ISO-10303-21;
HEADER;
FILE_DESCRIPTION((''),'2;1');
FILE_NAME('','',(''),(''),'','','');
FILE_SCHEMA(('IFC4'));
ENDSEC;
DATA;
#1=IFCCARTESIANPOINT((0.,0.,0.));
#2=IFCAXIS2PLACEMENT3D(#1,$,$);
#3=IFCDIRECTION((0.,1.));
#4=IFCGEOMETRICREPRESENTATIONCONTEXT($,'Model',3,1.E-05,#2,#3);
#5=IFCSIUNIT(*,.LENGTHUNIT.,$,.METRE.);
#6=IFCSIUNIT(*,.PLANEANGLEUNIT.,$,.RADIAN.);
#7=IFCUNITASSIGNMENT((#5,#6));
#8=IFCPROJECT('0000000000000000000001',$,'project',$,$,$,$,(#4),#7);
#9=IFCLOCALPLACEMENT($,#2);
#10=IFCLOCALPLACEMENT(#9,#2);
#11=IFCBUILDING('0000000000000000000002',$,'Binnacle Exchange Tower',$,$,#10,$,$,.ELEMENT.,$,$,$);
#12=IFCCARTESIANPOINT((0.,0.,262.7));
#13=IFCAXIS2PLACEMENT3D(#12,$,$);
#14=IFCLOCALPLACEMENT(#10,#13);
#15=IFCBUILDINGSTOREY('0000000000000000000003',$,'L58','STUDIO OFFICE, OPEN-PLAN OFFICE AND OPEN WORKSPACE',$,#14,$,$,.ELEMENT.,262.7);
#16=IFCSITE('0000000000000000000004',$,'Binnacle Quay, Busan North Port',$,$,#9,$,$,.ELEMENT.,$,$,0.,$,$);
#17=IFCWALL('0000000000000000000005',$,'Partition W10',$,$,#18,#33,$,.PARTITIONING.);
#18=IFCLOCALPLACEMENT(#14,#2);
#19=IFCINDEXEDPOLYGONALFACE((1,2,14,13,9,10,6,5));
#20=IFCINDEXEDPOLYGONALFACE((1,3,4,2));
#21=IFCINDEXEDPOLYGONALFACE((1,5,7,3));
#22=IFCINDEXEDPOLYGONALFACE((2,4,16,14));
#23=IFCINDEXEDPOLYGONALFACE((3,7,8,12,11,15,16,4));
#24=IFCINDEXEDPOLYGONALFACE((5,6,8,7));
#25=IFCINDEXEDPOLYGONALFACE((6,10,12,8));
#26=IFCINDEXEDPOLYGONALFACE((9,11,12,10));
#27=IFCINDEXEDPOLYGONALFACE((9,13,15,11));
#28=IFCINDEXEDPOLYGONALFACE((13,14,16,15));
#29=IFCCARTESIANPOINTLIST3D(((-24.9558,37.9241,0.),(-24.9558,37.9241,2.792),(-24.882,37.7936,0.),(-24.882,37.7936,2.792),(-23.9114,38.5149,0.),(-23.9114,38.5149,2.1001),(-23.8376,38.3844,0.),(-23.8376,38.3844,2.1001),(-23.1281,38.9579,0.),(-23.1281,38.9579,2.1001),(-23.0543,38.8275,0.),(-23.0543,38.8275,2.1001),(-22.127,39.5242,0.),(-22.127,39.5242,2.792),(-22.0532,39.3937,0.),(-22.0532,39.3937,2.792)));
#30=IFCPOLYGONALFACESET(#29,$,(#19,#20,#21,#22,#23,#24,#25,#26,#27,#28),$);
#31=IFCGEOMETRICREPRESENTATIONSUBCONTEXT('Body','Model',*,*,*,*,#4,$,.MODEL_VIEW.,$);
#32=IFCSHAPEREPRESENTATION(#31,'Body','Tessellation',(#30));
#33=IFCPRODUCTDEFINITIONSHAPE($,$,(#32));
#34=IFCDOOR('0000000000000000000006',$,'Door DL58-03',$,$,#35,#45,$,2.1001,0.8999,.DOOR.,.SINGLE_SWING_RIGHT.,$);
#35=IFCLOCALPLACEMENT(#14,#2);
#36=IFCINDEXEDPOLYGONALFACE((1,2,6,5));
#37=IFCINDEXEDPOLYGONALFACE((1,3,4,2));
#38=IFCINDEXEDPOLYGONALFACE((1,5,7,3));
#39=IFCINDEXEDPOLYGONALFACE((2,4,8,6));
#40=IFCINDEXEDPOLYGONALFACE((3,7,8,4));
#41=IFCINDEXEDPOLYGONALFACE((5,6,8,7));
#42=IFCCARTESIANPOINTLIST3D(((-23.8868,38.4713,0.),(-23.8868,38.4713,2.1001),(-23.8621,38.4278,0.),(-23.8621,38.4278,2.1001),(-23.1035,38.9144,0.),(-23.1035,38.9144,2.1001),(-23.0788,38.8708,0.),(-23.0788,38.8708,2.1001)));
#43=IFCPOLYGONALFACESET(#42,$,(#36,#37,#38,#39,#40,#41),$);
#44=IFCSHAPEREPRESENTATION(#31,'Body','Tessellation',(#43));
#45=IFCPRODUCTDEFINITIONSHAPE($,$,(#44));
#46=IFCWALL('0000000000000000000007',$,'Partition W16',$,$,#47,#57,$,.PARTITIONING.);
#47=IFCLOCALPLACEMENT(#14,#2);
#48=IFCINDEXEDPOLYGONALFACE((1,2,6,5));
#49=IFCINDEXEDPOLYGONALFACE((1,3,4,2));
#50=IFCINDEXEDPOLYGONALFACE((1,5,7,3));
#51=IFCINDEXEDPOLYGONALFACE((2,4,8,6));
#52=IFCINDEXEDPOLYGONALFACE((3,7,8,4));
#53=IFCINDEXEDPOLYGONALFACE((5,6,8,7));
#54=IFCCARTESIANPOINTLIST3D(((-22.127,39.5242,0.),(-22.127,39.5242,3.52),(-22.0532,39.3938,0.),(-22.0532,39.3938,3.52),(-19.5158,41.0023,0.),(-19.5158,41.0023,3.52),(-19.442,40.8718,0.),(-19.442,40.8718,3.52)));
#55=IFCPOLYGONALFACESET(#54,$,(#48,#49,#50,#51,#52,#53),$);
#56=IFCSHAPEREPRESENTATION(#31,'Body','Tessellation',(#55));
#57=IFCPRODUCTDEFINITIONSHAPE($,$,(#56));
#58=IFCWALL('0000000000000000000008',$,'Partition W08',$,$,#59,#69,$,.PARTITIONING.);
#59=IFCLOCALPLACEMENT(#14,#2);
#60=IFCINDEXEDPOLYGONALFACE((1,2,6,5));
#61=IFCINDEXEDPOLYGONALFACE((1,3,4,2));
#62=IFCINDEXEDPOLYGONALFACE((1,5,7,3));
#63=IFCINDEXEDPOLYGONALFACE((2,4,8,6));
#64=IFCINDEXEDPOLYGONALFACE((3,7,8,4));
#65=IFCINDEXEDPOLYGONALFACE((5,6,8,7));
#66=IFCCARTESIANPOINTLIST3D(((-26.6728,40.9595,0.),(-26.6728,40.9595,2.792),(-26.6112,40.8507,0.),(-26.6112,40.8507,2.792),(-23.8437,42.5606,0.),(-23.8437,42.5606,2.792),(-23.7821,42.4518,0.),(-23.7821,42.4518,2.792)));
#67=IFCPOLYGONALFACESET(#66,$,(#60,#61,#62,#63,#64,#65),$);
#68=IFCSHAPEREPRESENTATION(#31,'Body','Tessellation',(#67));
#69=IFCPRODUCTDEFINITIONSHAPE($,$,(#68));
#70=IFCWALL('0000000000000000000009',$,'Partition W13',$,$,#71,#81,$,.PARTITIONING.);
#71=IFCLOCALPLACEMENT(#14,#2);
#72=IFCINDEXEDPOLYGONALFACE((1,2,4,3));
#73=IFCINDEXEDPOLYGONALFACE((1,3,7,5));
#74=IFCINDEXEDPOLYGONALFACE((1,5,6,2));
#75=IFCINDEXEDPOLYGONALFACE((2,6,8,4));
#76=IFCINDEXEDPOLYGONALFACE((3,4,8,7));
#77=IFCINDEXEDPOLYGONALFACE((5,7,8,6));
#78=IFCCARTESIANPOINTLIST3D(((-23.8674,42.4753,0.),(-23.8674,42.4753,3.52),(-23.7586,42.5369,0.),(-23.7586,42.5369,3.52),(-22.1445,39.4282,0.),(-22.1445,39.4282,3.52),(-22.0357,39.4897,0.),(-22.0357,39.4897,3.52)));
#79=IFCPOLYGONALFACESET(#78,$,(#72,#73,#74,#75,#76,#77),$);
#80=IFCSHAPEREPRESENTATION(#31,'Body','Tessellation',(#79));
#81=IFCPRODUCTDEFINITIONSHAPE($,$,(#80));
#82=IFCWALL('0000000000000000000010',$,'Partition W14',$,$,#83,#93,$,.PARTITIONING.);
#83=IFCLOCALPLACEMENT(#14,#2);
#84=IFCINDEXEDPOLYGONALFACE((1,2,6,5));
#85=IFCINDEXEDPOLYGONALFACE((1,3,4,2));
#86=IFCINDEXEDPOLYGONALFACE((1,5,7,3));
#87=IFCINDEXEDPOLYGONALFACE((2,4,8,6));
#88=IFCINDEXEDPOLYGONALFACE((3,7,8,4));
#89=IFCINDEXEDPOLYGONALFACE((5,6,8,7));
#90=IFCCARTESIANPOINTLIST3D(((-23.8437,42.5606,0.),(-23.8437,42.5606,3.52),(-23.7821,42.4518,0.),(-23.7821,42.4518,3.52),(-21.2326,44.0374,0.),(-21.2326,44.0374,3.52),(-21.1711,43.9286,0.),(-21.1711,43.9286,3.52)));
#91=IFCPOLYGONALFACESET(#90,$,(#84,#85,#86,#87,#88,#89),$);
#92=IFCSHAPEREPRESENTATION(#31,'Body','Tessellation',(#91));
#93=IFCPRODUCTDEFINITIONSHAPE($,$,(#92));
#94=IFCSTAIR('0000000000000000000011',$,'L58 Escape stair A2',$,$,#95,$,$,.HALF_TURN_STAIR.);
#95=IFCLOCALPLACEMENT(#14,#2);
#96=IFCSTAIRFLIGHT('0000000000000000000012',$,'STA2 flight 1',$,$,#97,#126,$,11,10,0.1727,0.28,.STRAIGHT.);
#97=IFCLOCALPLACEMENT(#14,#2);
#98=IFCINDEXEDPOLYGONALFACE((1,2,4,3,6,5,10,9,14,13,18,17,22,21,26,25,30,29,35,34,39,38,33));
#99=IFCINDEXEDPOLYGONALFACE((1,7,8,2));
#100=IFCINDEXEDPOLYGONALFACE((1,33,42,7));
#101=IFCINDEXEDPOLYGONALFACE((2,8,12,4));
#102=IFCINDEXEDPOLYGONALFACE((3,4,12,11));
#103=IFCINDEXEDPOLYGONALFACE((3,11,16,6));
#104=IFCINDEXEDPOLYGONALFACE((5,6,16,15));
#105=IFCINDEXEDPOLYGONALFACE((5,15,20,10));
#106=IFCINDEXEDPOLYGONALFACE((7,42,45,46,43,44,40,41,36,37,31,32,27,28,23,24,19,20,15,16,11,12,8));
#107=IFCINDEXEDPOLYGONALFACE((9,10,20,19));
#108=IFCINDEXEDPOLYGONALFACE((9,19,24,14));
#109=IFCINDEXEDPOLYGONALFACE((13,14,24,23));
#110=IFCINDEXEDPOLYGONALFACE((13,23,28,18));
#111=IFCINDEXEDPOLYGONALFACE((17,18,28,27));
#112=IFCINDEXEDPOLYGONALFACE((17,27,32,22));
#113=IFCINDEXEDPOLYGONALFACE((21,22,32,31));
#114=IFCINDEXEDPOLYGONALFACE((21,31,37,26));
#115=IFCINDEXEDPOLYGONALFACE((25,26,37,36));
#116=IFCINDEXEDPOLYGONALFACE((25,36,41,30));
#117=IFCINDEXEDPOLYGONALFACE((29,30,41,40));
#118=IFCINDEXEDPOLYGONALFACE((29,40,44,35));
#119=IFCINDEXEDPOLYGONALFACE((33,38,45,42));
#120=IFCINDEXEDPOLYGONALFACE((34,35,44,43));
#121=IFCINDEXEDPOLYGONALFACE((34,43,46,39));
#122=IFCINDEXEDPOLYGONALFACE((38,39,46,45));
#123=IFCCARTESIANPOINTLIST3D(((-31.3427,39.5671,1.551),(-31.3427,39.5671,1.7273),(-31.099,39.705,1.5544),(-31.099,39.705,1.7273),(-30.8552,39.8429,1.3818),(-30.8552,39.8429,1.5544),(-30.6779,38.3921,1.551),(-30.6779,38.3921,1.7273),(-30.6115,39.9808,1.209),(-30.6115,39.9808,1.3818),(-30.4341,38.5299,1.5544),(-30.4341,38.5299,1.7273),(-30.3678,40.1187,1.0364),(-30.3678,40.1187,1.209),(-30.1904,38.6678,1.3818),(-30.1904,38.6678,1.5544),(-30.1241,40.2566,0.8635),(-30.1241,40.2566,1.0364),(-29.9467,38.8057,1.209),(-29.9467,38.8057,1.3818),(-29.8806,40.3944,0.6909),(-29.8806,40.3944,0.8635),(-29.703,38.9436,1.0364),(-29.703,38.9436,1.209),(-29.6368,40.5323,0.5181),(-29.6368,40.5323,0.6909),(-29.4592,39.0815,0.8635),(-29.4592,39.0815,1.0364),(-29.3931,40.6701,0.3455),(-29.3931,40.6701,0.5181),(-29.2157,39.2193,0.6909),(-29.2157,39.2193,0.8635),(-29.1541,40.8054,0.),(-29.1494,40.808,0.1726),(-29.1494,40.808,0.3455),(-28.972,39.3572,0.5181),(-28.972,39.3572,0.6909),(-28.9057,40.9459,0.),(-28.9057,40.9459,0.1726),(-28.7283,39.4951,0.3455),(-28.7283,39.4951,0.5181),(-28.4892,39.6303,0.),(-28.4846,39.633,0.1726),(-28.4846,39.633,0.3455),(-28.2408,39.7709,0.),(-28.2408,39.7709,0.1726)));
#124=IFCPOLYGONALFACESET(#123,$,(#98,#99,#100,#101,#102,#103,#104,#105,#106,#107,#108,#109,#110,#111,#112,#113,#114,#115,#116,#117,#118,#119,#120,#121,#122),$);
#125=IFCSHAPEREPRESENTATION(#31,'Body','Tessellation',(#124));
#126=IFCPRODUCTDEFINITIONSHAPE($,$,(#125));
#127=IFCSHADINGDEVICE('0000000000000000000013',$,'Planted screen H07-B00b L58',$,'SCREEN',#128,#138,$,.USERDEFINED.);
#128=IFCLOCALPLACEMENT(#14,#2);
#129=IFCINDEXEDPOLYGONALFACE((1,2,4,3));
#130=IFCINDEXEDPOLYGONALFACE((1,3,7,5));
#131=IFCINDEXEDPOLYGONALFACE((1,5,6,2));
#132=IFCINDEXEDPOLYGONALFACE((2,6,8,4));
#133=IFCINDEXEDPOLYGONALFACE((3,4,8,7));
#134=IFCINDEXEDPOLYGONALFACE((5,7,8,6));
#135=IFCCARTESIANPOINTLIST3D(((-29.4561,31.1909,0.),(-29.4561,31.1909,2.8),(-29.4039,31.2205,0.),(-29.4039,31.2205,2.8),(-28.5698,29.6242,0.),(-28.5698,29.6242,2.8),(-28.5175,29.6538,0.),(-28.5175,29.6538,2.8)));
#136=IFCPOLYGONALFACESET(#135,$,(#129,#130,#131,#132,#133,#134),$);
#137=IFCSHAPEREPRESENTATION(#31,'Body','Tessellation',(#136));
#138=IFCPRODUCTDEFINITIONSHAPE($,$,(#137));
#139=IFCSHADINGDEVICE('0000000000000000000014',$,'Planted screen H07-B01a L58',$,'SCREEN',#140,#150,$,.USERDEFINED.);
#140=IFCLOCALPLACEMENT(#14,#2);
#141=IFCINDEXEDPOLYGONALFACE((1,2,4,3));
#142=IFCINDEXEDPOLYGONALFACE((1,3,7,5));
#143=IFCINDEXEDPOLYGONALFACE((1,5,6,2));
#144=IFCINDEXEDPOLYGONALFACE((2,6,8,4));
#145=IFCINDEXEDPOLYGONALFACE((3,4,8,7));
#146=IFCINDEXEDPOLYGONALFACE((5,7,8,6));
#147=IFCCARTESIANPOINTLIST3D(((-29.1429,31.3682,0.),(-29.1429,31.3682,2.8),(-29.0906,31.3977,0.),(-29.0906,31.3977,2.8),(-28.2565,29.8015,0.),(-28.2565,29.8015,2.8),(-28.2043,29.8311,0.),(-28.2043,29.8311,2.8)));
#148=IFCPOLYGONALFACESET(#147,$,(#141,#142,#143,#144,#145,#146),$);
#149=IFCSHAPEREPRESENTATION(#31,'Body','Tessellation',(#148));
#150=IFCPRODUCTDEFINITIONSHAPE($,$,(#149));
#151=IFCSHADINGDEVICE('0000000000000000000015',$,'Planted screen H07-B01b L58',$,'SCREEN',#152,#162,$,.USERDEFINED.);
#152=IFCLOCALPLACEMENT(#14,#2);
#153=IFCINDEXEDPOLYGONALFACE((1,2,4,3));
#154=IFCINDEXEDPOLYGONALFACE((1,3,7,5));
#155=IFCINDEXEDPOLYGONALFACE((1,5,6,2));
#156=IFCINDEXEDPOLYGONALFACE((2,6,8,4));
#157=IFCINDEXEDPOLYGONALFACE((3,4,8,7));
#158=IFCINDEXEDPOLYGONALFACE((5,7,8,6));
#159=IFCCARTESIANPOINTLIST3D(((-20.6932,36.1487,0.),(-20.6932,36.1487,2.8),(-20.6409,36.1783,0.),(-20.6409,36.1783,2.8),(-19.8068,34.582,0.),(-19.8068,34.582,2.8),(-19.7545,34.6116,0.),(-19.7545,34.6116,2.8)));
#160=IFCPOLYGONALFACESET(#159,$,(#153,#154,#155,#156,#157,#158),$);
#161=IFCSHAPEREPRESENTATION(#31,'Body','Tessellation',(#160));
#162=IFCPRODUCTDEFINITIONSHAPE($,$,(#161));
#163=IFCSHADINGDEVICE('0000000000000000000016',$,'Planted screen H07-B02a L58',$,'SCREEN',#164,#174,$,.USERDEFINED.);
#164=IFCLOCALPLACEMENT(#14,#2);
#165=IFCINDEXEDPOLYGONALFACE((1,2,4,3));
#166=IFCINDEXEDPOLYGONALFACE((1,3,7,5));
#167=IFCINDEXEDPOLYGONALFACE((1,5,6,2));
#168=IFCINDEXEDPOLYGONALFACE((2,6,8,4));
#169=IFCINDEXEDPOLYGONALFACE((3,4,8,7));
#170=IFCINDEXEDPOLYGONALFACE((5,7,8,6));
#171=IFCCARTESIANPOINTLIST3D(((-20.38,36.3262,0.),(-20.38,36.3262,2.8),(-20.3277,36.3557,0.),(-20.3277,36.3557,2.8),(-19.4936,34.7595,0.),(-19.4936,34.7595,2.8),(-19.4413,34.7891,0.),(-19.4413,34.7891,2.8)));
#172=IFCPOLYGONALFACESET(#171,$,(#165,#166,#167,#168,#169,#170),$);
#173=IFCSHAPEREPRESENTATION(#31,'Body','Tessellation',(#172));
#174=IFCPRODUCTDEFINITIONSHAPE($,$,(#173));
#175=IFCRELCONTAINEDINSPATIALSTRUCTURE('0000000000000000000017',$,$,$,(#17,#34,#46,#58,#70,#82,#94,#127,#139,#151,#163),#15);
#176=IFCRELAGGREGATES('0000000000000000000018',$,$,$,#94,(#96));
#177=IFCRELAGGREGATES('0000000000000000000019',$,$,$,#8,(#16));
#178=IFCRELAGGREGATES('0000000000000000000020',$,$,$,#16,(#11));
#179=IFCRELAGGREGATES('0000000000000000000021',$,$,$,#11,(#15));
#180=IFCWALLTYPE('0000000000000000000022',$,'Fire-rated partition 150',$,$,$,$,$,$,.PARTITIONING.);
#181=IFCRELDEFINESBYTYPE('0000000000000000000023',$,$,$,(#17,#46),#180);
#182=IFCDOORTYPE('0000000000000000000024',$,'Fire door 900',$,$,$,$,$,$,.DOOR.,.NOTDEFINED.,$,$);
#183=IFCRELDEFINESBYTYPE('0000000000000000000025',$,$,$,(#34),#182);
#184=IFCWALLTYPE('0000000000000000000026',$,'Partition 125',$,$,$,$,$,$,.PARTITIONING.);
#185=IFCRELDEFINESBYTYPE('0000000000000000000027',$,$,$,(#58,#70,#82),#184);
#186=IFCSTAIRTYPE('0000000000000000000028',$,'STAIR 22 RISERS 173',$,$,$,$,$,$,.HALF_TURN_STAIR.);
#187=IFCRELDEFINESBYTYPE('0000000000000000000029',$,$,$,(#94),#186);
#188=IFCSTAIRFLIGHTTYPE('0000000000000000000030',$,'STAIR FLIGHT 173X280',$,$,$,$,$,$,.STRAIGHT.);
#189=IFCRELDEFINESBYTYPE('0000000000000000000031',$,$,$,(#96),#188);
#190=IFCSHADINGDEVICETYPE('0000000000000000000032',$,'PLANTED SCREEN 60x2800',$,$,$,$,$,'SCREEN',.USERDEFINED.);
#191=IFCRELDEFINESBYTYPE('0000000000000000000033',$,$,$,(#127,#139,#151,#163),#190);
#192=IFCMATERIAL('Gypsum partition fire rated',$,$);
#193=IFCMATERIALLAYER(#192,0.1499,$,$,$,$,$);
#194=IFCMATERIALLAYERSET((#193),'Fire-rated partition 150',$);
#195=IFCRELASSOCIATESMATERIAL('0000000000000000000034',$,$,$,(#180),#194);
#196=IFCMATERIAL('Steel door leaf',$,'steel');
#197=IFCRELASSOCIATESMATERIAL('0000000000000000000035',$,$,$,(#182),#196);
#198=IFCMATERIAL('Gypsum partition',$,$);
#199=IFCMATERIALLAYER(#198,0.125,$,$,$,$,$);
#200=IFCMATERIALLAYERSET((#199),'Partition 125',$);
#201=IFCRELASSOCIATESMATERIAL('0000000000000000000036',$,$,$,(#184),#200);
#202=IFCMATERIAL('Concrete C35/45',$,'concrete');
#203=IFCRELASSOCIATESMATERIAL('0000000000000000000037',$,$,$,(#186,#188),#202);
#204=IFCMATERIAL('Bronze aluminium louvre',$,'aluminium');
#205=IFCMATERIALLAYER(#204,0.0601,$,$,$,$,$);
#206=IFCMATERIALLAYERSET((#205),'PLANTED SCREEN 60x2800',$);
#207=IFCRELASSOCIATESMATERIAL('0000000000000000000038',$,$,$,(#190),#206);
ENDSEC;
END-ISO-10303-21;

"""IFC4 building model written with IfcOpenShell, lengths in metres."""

from ifc_helpers import new_model, si_unit, direction, frame, frame_2d, origin, origin_2d, place, context, subcontext, project, spatial, polyline, rectangle, outline, extrude, material, layer, layer_set, type_object, element, fill, aggregate, save


model = new_model("IFC4")

# Units and contexts
model_context = context("Model", 3, precision=1e-05, world=origin(), true_north=direction((0.0, 1.0)))
body_context = subcontext(model_context, "Body", "Model", "MODEL_VIEW")
ifc_project = project(units=[si_unit("LENGTHUNIT", "METRE"), si_unit("PLANEANGLEUNIT", "RADIAN")], contexts=[model_context])

# Site, building, storey
site_placement = place(None, origin())
site = spatial("IfcSite", under=ifc_project, at=site_placement, Name="Binnacle Quay, Busan North Port", CompositionType="ELEMENT", RefElevation=0.0)
building_placement = place(site_placement, origin())
building = spatial("IfcBuilding", under=site, at=building_placement, Name="Binnacle Exchange Tower", CompositionType="ELEMENT")
storey_placement = place(building_placement, frame((0.0, 0.0, 262.7)))
storey = spatial("IfcBuildingStorey", under=building, at=storey_placement, Name="L58", Description="STUDIO OFFICE, OPEN-PLAN OFFICE AND OPEN WORKSPACE", CompositionType="ELEMENT", Elevation=262.7)

# Shared definitions
ifc_material_1 = material(Name="Steel door leaf", Category="steel")

# Shared definitions
ifc_material_2 = material(Name="Gypsum partition fire rated")
ifc_layer_1 = layer(ifc_material_2, 0.1499)
ifc_layer_set_1 = layer_set([ifc_layer_1], Name="Fire-rated partition 150")
wall_type_1 = type_object("IfcWallType", Name="Fire-rated partition 150", PredefinedType="PARTITIONING", material=ifc_layer_set_1)

# Wall, opening, door
wall_1_placement = place(storey_placement, frame((-24.9189, 37.8589, 0.0), z_axis=(0.0, 0.0, 1.0), x_axis=(0.870407, 0.492332, 0.0)))
wall_1 = element("IfcWall", 1, at=wall_1_placement, inside=storey, type_object=wall_type_1, Name="Partition W10", PredefinedType="PARTITIONING", context=body_context, shape_type="SweptSolid", body=[
    extrude(rectangle(XDim=3.25, YDim=0.1499, at=frame_2d((1.625, 0.0))), origin(), (0.0, 0.0, 1.0), 2.792),
])
opening_1_placement = place(wall_1_placement, frame((1.2, 0.0, 0.0)))
opening_1 = element("IfcOpeningElement", 2, at=opening_1_placement, cuts=wall_1, PredefinedType="OPENING", context=body_context, shape_type="SweptSolid", body=[
    extrude(rectangle(XDim=0.8999, YDim=2.1001, at=frame_2d((0.45, 1.05))), frame((0.0, 0.085, 0.0), z_axis=(0.0, -1.0, 0.0), x_axis=(1.0, 0.0, 0.0)), (0.0, 0.0, 1.0), 0.1699),
])
door_type_1 = type_object("IfcDoorType", Name="Fire door 900", OperationType="NOTDEFINED", PredefinedType="DOOR", material=ifc_material_1)
door_1_placement = place(opening_1_placement, origin())
door_1 = element("IfcDoor", 3, at=door_1_placement, inside=storey, type_object=door_type_1, Name="Door DL58-03", OperationType="SINGLE_SWING_RIGHT", OverallHeight=2.1001, OverallWidth=0.8999, PredefinedType="DOOR", context=body_context, shape_type="SweptSolid", body=[
    extrude(rectangle(XDim=0.8999, YDim=2.1001, at=frame_2d((0.45, 1.05))), frame((0.0, 0.0249, 0.0), z_axis=(0.0, -1.0, 0.0), x_axis=(1.0, 0.0, 0.0)), (0.0, 0.0, 1.0), 0.05),
])
fill(opening_1, door_1)

# Walls
wall_2_placement = place(storey_placement, frame((-22.0901, 39.459, 0.0), z_axis=(0.0, 0.0, 1.0), x_axis=(0.870249, 0.492612, 0.0)))
element("IfcWall", 4, at=wall_2_placement, inside=storey, type_object=wall_type_1, Name="Partition W16", PredefinedType="PARTITIONING", context=body_context, shape_type="SweptSolid", body=[
    extrude(rectangle(XDim=3.0005, YDim=0.1499, at=frame_2d((1.5002, 0.0))), origin(), (0.0, 0.0, 1.0), 3.52),
])
ifc_material_3 = material(Name="Gypsum partition")
ifc_layer_2 = layer(ifc_material_3, 0.125)
ifc_layer_set_2 = layer_set([ifc_layer_2], Name="Partition 125")
wall_type_2 = type_object("IfcWallType", Name="Partition 125", PredefinedType="PARTITIONING", material=ifc_layer_set_2)
wall_3_placement = place(storey_placement, frame((-26.6421, 40.905, 0.0), z_axis=(0.0, 0.0, 1.0), x_axis=(0.870297, 0.492527, 0.0)))
element("IfcWall", 5, at=wall_3_placement, inside=storey, type_object=wall_type_2, Name="Partition W08", PredefinedType="PARTITIONING", context=body_context, shape_type="SweptSolid", body=[
    extrude(rectangle(XDim=3.2507, YDim=0.125, at=frame_2d((1.6255, 0.0))), origin(), (0.0, 0.0, 1.0), 2.792),
])
wall_4_placement = place(storey_placement, frame((-23.813, 42.5061, 0.0), z_axis=(0.0, 0.0, 1.0), x_axis=(0.492191, -0.870487, 0.0)))
element("IfcWall", 6, at=wall_4_placement, inside=storey, type_object=wall_type_2, Name="Partition W13", PredefinedType="PARTITIONING", context=body_context, shape_type="SweptSolid", body=[
    extrude(rectangle(XDim=3.5005, YDim=0.125, at=frame_2d((1.7502, 0.0))), origin(), (0.0, 0.0, 1.0), 3.52),
])
wall_5_placement = place(storey_placement, frame((-23.813, 42.5061, 0.0), z_axis=(0.0, 0.0, 1.0), x_axis=(0.870423, 0.492304, 0.0)))
element("IfcWall", 7, at=wall_5_placement, inside=storey, type_object=wall_type_2, Name="Partition W14", PredefinedType="PARTITIONING", context=body_context, shape_type="SweptSolid", body=[
    extrude(rectangle(XDim=2.9998, YDim=0.125, at=frame_2d((1.5, 0.0))), origin(), (0.0, 0.0, 1.0), 3.52),
])

# Stair, stair flight
ifc_material_4 = material(Name="Concrete C35/45", Category="concrete")
stair_type = type_object("IfcStairType", Name="STAIR 22 RISERS 173", PredefinedType="HALF_TURN_STAIR", material=ifc_material_4)
stair_placement = place(storey_placement, origin())
stair = element("IfcStair", 8, at=stair_placement, inside=storey, type_object=stair_type, Name="L58 Escape stair A2", PredefinedType="HALF_TURN_STAIR")
stair_flight_type = type_object("IfcStairFlightType", Name="STAIR FLIGHT 173X280", PredefinedType="STRAIGHT", material=ifc_material_4)
stair_flight_placement = place(storey_placement, frame((-28.5732, 40.3584, 0.0), z_axis=(0.0, 0.0, 1.0), x_axis=(-0.870356, -0.492424, 0.0)))
stair_flight = element("IfcStairFlight", 9, at=stair_flight_placement, type_object=stair_flight_type, Name="STA2 flight 1", NumberOfRisers=11, NumberOfTreads=10, PredefinedType="STRAIGHT", RiserHeight=0.1727, TreadLength=0.28, context=body_context, shape_type="SweptSolid", body=[
    extrude(outline(polyline([(0.0, 0.0), (0.0, 0.1726), (0.28, 0.1726), (0.28, 0.3455), (0.5601, 0.3455), (0.5601, 0.5181), (0.8401, 0.5181), (0.8401, 0.6909), (1.1201, 0.6909), (1.1201, 0.8635), (1.3999, 0.8635), (1.3999, 1.0364), (1.6799, 1.0364), (1.6799, 1.209), (1.96, 1.209), (1.96, 1.3818), (2.24, 1.3818), (2.24, 1.5544), (2.52, 1.5544), (2.52, 1.7273), (2.8, 1.7273), (2.8, 1.8999), (2.8, 1.551), (0.2854, 0.0), (0.0, 0.0)])), frame((0.0, 0.675, 0.0), z_axis=(0.0, -1.0, 0.0), x_axis=(1.0, 0.0, 0.0)), (0.0, 0.0, 1.0), 1.3501),
])
aggregate(stair, [stair_flight])

# Shading devices
ifc_material_5 = material(Name="Bronze aluminium louvre", Category="aluminium")
ifc_layer_3 = layer(ifc_material_5, 0.0601)
ifc_layer_set_3 = layer_set([ifc_layer_3], Name="PLANTED SCREEN 60x2800")
shading_device_type = type_object("IfcShadingDeviceType", Name="PLANTED SCREEN 60x2800", ElementType="SCREEN", PredefinedType="USERDEFINED", material=ifc_layer_set_3)
for number, where, z_axis, x_axis, name in (
    (10, (-28.9868, 30.4224, 0.0), (0.0, 0.0, 1.0), (0.870356, 0.492424, 0.0), "Planted screen H07-B00b L58"),
    (11, (-28.6736, 30.5996, 0.0), (0.0, 0.0, 1.0), (0.870356, 0.492424, 0.0), "Planted screen H07-B01a L58"),
    (12, (-20.2239, 35.3801, 0.0), (0.0, 0.0, 1.0), (0.870356, 0.492424, 0.0), "Planted screen H07-B01b L58"),
    (13, (-19.9106, 35.5576, 0.0), (0.0, 0.0, 1.0), (0.870356, 0.492424, 0.0), "Planted screen H07-B02a L58"),
):
    element("IfcShadingDevice", number, at=place(storey_placement, frame(where, z_axis=z_axis, x_axis=x_axis)), inside=storey, type_object=shading_device_type, Name=name, ObjectType="SCREEN", PredefinedType="USERDEFINED", context=body_context, shape_type="SweptSolid", body=[
        extrude(rectangle(XDim=0.0601, YDim=1.8, at=origin_2d()), origin(), (0.0, 0.0, 1.0), 2.8),
    ])

save(model, "model.ifc")
